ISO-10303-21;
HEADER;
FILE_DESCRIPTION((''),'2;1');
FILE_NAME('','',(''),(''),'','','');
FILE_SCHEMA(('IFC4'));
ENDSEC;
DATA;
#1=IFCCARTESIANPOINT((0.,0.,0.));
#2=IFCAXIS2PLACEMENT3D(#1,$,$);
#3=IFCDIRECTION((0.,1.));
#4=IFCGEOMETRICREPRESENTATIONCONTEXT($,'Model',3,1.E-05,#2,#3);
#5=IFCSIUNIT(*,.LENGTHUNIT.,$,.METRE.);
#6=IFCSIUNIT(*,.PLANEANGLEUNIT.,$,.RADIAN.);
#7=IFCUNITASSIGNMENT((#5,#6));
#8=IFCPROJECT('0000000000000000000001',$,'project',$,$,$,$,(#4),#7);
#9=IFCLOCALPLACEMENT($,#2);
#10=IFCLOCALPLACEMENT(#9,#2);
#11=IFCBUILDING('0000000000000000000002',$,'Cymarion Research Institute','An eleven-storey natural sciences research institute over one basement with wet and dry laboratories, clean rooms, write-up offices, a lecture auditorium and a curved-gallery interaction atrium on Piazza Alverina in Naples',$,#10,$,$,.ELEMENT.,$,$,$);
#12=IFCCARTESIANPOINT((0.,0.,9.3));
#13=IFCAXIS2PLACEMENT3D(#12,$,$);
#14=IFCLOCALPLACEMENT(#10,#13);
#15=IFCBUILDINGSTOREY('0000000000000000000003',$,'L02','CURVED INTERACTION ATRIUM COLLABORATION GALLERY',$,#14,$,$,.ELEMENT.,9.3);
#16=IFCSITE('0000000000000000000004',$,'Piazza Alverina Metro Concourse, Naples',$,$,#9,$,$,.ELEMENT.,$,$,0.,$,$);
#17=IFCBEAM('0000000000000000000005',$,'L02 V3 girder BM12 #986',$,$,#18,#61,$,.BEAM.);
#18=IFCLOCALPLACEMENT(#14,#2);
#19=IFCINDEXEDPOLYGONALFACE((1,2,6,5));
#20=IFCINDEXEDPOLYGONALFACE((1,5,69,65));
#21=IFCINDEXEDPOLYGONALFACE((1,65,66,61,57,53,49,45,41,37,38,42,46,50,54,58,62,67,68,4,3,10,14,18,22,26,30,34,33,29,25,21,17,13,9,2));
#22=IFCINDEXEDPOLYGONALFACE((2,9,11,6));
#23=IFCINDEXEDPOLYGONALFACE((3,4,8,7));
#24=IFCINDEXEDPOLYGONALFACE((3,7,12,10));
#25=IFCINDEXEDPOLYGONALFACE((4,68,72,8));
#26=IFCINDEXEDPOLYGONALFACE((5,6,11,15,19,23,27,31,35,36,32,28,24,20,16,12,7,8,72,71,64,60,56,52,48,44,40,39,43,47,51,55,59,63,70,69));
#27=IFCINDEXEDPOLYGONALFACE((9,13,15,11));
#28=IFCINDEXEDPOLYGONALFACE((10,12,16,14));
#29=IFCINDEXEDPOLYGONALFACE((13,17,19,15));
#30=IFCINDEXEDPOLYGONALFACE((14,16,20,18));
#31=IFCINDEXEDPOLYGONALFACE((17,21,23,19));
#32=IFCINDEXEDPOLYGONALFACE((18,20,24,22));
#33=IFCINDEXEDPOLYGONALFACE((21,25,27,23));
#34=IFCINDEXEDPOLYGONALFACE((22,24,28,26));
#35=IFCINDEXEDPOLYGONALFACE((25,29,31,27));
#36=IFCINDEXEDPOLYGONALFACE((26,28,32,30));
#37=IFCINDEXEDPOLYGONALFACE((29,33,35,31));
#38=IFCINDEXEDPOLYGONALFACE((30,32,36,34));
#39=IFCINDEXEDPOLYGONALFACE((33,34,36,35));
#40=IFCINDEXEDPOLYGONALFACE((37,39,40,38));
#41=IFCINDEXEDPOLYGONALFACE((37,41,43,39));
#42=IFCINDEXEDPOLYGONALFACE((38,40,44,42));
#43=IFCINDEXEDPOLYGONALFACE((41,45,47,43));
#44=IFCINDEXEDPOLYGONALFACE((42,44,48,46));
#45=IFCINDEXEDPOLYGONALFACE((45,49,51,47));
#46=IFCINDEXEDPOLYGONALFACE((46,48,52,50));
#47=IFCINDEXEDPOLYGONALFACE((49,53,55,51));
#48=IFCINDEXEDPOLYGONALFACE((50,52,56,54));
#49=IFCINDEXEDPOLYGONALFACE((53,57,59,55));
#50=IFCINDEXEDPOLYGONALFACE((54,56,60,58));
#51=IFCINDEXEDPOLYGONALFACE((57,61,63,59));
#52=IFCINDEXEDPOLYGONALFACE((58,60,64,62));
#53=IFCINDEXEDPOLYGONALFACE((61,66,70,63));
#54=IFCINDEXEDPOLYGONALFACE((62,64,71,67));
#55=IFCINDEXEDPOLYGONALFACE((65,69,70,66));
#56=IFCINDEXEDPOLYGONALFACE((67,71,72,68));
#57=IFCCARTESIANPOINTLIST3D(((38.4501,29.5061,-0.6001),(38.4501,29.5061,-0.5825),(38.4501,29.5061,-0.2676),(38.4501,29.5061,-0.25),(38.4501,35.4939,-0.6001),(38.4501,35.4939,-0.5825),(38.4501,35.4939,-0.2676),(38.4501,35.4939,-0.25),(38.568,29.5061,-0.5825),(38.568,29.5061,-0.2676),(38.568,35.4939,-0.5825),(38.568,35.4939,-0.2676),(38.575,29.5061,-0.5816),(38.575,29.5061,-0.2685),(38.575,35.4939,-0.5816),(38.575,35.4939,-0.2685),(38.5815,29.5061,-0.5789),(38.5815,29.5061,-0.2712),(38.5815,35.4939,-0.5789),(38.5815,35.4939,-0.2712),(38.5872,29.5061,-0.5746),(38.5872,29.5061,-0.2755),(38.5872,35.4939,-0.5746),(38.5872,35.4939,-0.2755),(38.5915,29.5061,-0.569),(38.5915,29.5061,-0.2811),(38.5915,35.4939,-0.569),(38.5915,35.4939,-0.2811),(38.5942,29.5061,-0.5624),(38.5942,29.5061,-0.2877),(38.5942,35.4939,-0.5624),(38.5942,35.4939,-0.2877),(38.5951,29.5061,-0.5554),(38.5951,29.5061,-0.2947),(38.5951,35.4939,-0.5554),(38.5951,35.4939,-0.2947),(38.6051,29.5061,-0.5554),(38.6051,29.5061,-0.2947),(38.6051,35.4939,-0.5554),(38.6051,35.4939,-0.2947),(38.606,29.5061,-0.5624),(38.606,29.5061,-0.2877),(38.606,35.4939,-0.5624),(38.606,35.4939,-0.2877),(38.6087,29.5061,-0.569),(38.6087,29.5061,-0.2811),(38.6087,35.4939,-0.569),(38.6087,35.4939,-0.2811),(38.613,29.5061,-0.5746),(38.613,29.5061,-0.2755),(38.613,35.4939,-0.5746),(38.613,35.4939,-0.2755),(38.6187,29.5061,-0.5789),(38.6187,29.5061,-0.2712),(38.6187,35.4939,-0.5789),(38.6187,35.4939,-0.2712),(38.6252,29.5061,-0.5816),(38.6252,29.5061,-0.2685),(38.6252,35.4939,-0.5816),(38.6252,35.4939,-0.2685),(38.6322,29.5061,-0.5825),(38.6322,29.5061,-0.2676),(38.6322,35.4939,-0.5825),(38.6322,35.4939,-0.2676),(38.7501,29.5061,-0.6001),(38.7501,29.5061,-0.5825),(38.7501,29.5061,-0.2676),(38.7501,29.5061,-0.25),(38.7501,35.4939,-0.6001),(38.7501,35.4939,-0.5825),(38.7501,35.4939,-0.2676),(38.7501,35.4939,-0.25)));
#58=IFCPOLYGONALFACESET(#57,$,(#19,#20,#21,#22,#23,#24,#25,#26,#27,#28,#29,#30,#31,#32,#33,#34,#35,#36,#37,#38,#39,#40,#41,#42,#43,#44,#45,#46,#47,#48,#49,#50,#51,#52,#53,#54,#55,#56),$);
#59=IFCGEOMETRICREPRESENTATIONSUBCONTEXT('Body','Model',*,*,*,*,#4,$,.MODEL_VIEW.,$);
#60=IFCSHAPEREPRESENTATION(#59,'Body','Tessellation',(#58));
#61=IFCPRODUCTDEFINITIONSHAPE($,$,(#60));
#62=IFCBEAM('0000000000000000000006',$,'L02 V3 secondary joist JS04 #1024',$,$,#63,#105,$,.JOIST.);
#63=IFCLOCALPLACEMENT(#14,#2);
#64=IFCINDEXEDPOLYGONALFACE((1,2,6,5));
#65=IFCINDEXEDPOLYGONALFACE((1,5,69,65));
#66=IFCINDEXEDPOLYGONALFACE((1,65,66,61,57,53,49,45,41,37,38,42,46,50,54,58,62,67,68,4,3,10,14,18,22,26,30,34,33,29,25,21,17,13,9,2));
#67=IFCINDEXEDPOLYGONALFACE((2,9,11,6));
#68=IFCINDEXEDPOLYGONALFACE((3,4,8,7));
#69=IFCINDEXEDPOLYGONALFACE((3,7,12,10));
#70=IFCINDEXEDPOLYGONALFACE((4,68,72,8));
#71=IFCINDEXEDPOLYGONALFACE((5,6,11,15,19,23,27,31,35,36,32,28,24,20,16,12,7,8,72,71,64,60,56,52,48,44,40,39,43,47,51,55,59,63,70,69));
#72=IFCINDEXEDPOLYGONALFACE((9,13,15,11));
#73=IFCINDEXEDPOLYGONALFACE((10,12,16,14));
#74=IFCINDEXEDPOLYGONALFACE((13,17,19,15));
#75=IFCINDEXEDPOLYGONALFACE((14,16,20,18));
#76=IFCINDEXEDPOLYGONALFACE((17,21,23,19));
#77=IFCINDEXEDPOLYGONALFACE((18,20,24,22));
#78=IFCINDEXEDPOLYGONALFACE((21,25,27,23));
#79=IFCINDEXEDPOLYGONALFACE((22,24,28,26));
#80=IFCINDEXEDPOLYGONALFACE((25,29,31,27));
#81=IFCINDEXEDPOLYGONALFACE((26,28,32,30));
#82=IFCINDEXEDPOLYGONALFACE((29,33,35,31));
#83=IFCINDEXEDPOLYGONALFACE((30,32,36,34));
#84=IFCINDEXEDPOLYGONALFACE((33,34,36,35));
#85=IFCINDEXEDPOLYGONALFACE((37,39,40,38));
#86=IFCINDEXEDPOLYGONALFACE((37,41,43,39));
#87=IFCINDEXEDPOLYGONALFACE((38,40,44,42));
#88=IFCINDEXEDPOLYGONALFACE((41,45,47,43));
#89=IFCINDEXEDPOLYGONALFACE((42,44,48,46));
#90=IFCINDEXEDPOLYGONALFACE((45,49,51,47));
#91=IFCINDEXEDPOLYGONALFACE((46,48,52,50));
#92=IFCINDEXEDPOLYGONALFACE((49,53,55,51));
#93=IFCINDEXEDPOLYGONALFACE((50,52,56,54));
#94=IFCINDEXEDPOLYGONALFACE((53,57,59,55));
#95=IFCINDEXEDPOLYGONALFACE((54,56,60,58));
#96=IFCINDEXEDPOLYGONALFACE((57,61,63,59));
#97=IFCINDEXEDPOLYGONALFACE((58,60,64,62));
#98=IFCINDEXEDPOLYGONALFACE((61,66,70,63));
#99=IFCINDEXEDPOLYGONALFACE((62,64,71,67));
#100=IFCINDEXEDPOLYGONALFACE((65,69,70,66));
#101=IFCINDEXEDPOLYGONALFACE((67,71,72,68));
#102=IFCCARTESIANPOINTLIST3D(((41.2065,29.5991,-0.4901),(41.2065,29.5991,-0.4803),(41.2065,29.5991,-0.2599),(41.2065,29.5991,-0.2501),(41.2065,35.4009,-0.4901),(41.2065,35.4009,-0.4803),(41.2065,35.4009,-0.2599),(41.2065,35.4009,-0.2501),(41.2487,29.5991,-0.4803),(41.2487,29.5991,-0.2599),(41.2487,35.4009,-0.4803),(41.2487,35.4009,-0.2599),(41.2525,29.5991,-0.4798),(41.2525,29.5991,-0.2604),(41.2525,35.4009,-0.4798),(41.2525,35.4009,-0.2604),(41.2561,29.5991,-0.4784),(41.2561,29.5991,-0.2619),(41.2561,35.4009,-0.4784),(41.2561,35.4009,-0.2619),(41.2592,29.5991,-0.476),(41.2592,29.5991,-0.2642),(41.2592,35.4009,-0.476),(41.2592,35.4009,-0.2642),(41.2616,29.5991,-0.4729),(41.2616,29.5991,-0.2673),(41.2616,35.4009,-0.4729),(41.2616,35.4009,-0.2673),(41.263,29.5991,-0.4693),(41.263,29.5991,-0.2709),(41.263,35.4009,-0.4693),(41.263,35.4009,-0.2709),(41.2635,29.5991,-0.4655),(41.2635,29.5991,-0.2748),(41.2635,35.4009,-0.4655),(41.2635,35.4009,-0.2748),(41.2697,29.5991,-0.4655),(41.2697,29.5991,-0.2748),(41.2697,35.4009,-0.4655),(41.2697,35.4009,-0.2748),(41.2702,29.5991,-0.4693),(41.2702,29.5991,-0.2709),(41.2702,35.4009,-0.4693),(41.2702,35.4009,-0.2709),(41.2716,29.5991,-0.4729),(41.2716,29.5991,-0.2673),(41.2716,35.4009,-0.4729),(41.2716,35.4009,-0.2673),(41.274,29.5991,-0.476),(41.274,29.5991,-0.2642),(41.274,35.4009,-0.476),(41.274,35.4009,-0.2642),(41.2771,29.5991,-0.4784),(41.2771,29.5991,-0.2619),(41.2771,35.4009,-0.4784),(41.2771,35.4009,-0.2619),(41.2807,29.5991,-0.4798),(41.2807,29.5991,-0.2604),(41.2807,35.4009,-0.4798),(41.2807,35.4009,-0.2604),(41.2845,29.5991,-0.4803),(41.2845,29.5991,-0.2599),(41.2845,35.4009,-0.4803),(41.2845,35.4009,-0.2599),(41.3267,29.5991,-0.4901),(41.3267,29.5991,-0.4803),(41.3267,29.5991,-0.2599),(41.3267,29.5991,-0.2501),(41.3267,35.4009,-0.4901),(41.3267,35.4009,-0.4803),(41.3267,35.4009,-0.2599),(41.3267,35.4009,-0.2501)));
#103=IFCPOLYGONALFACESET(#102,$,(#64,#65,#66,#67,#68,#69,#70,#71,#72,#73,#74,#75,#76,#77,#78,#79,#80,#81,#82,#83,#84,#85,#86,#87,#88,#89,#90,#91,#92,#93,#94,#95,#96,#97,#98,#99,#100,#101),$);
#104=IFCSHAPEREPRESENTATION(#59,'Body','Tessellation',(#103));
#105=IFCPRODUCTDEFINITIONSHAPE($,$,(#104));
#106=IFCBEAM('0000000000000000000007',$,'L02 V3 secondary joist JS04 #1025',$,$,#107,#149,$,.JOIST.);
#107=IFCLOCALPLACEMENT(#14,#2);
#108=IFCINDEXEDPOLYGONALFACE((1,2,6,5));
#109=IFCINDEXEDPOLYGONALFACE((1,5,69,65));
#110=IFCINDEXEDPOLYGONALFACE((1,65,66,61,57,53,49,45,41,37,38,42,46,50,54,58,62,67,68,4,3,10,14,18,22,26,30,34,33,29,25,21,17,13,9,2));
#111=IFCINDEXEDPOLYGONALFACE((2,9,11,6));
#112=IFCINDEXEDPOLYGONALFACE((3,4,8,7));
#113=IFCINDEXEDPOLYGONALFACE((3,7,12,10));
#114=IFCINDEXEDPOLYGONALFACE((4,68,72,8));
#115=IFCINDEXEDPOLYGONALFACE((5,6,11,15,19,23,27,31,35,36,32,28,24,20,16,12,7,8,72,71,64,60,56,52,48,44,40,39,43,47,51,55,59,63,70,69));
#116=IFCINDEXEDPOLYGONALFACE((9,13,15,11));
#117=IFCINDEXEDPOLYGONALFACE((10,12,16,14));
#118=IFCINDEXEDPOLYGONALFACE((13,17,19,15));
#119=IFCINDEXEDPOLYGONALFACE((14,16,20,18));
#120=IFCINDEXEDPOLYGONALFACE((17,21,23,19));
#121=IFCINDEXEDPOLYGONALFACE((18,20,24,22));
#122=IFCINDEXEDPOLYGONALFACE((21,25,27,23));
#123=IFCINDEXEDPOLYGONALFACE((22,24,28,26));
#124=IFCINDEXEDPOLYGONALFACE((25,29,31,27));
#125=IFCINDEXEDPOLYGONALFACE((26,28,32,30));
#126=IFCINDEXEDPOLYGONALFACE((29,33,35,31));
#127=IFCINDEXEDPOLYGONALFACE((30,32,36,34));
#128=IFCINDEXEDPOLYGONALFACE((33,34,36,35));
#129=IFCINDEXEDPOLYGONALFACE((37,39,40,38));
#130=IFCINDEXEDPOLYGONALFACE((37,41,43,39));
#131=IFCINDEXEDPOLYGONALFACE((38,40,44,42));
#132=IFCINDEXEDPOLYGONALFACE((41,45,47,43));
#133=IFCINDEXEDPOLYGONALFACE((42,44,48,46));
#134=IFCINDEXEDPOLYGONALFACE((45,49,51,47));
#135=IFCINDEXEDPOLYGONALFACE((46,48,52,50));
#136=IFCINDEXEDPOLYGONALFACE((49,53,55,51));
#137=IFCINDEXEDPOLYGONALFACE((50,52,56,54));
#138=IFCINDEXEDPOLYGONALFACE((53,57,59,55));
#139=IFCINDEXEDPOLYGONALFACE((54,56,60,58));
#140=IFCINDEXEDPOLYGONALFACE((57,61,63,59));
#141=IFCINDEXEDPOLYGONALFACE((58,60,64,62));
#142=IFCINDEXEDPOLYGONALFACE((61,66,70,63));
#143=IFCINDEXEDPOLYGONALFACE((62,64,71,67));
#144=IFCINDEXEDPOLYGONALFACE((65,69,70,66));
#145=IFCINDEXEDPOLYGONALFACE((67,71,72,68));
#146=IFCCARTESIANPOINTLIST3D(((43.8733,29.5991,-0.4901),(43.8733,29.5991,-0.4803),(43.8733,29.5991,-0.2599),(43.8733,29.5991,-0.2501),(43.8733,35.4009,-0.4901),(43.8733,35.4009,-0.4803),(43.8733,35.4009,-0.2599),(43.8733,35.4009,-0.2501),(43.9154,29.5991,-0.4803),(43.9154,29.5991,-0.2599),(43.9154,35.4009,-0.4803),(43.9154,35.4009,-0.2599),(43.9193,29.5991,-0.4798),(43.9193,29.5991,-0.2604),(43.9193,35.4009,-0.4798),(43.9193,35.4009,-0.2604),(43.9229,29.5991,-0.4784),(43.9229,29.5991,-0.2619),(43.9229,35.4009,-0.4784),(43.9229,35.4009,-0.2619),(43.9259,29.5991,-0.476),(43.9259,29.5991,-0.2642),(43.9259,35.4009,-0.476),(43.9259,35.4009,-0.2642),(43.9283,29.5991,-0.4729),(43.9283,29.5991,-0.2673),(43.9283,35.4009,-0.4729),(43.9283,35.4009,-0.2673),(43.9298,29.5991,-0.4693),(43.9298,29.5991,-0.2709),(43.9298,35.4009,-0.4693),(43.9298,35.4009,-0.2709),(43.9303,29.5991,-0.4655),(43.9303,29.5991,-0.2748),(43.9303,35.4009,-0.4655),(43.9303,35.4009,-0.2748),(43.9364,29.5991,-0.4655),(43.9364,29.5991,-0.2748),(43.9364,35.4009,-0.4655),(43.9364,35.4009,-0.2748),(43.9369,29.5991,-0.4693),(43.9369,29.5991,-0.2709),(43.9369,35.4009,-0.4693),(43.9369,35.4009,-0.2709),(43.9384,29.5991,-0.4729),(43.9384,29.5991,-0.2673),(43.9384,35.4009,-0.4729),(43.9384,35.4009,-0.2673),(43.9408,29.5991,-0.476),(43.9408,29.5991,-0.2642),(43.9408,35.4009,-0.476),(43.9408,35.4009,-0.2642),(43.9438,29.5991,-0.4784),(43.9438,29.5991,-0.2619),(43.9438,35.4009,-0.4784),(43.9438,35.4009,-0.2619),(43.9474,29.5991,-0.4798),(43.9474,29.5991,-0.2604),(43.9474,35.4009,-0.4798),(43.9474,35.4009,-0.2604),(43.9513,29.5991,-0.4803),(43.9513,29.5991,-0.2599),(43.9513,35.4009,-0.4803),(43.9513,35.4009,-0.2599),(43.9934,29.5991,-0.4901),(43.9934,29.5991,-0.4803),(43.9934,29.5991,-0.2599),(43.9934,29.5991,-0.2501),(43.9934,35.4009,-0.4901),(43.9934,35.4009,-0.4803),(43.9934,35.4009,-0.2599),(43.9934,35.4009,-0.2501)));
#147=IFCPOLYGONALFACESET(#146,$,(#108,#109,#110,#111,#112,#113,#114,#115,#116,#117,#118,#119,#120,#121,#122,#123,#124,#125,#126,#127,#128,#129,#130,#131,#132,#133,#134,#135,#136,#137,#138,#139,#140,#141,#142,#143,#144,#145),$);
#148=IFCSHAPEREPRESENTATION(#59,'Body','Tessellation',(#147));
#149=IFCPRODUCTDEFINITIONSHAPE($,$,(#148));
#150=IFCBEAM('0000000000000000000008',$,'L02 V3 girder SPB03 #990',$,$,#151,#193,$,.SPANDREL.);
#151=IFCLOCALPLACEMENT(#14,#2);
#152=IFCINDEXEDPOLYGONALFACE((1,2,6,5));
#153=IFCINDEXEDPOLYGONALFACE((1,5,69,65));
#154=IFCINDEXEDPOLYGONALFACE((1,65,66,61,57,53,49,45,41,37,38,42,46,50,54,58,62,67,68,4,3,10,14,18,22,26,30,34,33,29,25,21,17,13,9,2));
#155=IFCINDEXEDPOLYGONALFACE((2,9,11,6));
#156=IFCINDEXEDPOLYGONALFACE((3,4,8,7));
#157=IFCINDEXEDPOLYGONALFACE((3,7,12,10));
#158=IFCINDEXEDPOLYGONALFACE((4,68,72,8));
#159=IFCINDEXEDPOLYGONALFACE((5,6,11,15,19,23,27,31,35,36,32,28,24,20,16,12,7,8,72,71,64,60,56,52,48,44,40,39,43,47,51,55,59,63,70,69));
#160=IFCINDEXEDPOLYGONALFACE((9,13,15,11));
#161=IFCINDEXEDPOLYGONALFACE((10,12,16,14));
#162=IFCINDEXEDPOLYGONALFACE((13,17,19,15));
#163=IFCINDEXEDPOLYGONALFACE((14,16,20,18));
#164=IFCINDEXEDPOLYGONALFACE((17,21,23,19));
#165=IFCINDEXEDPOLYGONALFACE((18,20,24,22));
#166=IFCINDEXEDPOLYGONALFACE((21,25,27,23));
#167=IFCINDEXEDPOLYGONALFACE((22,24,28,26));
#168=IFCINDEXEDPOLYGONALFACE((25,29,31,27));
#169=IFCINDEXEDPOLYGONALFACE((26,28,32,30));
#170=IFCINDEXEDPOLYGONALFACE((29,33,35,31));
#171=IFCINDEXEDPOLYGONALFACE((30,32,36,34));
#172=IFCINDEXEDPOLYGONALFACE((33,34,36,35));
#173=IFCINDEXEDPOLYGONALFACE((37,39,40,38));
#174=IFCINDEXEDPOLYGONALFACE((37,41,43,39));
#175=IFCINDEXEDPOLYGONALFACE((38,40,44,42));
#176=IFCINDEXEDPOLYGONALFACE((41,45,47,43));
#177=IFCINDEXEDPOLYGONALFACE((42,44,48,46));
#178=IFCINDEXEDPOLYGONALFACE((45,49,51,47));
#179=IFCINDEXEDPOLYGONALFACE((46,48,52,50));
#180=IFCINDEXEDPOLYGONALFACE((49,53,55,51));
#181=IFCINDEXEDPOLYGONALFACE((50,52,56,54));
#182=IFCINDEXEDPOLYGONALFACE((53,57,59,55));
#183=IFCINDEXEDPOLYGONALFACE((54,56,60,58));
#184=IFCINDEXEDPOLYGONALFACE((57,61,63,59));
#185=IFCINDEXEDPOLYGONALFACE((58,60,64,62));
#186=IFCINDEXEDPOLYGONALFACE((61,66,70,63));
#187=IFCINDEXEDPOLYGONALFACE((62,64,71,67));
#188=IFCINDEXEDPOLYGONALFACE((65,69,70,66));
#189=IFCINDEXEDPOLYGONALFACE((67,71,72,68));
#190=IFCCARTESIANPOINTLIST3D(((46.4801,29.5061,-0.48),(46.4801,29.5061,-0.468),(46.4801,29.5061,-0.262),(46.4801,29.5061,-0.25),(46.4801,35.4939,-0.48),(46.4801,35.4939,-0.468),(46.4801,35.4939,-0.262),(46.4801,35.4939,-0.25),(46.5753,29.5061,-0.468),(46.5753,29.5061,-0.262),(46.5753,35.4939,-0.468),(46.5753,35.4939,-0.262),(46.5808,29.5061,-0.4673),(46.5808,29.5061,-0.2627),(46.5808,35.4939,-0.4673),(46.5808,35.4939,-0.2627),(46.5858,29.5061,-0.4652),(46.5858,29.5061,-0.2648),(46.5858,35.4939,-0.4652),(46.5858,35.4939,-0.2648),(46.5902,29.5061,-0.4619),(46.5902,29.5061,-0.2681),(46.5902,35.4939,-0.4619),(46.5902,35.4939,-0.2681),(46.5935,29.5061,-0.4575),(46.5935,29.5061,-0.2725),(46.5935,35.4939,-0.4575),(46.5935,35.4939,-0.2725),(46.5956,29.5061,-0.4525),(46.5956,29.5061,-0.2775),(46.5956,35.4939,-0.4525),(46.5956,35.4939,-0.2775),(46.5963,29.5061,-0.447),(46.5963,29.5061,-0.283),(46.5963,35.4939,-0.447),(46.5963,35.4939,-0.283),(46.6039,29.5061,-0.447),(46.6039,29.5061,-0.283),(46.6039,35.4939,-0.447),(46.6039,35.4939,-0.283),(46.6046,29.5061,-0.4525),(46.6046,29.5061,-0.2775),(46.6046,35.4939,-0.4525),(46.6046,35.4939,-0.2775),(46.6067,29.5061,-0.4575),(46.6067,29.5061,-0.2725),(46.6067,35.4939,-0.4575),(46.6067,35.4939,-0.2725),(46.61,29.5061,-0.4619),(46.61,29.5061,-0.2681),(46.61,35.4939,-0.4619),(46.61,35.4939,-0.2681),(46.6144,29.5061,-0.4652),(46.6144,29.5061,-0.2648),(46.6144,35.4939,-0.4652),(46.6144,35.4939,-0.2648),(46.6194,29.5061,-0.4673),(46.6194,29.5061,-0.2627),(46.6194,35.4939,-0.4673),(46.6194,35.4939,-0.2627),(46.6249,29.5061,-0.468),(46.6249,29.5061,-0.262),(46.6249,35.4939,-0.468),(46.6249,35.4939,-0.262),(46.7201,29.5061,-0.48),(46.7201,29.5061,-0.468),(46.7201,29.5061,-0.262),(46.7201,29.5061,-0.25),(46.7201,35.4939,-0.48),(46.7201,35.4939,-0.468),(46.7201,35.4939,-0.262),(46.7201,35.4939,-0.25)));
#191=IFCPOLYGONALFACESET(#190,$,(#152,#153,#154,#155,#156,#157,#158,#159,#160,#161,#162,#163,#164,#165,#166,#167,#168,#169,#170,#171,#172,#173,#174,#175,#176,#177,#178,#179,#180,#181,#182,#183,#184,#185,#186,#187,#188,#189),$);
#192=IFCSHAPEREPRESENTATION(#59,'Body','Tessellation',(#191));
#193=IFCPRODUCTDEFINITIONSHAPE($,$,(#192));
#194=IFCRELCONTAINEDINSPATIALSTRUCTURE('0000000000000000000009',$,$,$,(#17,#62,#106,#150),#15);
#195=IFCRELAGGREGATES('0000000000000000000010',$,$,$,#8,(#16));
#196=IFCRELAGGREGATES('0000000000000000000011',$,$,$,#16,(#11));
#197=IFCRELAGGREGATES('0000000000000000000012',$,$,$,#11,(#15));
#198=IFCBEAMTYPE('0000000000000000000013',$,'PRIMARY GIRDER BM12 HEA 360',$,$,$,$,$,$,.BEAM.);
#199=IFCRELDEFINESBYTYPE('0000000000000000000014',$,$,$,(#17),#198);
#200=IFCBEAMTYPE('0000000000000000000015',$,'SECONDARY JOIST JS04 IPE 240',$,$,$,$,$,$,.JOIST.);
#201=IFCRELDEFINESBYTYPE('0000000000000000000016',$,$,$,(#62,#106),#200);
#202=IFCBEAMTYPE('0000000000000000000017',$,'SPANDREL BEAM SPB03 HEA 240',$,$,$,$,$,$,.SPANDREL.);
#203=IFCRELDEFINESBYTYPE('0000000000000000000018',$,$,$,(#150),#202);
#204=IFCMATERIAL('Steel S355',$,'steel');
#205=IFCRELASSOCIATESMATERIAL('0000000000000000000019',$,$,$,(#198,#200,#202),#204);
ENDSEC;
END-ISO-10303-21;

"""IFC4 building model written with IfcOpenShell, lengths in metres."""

from ifc_helpers import new_model, si_unit, direction, frame, origin, origin_2d, place, context, subcontext, project, spatial, i_section, extrude, material, material_profile, profile_set, type_object, element, save


model = new_model("IFC4")

# Units and contexts
model_context = context("Model", 3, precision=1e-05, world=origin(), true_north=direction((0.0, 1.0)))
body_context = subcontext(model_context, "Body", "Model", "MODEL_VIEW")
ifc_project = project(units=[si_unit("LENGTHUNIT", "METRE"), si_unit("PLANEANGLEUNIT", "RADIAN")], contexts=[model_context])

# Site, building, storey
site_placement = place(None, origin())
site = spatial("IfcSite", under=ifc_project, at=site_placement, Name="Piazza Alverina Metro Concourse, Naples", CompositionType="ELEMENT", RefElevation=0.0)
building_placement = place(site_placement, origin())
building = spatial("IfcBuilding", under=site, at=building_placement, Name="Cymarion Research Institute", Description="An eleven-storey natural sciences research institute over one basement with wet and dry laboratories, clean rooms, write-up offices, a lecture auditorium and a curved-gallery interaction atrium on Piazza Alverina in Naples", CompositionType="ELEMENT")
storey_placement = place(building_placement, frame((0.0, 0.0, 9.3)))
storey = spatial("IfcBuildingStorey", under=building, at=storey_placement, Name="L02", Description="CURVED INTERACTION ATRIUM COLLABORATION GALLERY", CompositionType="ELEMENT", Elevation=9.3)

# Shared definitions
ifc_material_1 = material(Name="Steel S355", Category="steel")

# Beams
ifc_material_profile_1 = material_profile(ifc_material_1, i_section(OverallWidth=0.3, OverallDepth=0.3501, WebThickness=0.01, FlangeThickness=0.0176, FilletRadius=0.0271, at=origin_2d()), Name="HEA 360")
ifc_profile_set_1 = profile_set([ifc_material_profile_1], Name="Steel S355")
beam_type_1 = type_object("IfcBeamType", Name="PRIMARY GIRDER BM12 HEA 360", PredefinedType="BEAM", material=ifc_profile_set_1)
beam_1_placement = place(storey_placement, frame((38.6001, 29.5061, -0.425), z_axis=(0.0, 1.0, 0.0), x_axis=(-1.0, 0.0, 0.0)))
element("IfcBeam", 1, at=beam_1_placement, inside=storey, type_object=beam_type_1, Name="L02 V3 girder BM12 #986", PredefinedType="BEAM", context=body_context, shape_type="SweptSolid", body=[
    extrude(i_section(OverallWidth=0.3, OverallDepth=0.3501, WebThickness=0.01, FlangeThickness=0.0176, FilletRadius=0.0271, at=origin_2d()), origin(), (0.0, 0.0, 1.0), 5.9878),
])
ifc_material_profile_2 = material_profile(ifc_material_1, i_section(OverallWidth=0.1201, OverallDepth=0.24, WebThickness=0.0061, FlangeThickness=0.0098, FilletRadius=0.0149, at=origin_2d()), Name="IPE 240")
ifc_profile_set_2 = profile_set([ifc_material_profile_2], Name="Steel S355")
beam_type_2 = type_object("IfcBeamType", Name="SECONDARY JOIST JS04 IPE 240", PredefinedType="JOIST", material=ifc_profile_set_2)
for number, where, z_axis, x_axis, name in (
    (2, (41.2666, 29.5991, -0.3701), (0.0, 1.0, 0.0), (-1.0, 0.0, 0.0), "L02 V3 secondary joist JS04 #1024"),
    (3, (43.9333, 29.5991, -0.3701), (0.0, 1.0, 0.0), (-1.0, 0.0, 0.0), "L02 V3 secondary joist JS04 #1025"),
):
    element("IfcBeam", number, at=place(storey_placement, frame(where, z_axis=z_axis, x_axis=x_axis)), inside=storey, type_object=beam_type_2, Name=name, PredefinedType="JOIST", context=body_context, shape_type="SweptSolid", body=[
        extrude(i_section(OverallWidth=0.1201, OverallDepth=0.24, WebThickness=0.0061, FlangeThickness=0.0098, FilletRadius=0.0149, at=origin_2d()), origin(), (0.0, 0.0, 1.0), 5.8018),
    ])
ifc_material_profile_3 = material_profile(ifc_material_1, i_section(OverallWidth=0.24, OverallDepth=0.23, WebThickness=0.0076, FlangeThickness=0.012, FilletRadius=0.021, at=origin_2d()), Name="HEA 240")
ifc_profile_set_3 = profile_set([ifc_material_profile_3], Name="Steel S355")
beam_type_3 = type_object("IfcBeamType", Name="SPANDREL BEAM SPB03 HEA 240", PredefinedType="SPANDREL", material=ifc_profile_set_3)
beam_2_placement = place(storey_placement, frame((46.6001, 29.5061, -0.365), z_axis=(0.0, 1.0, 0.0), x_axis=(-1.0, 0.0, 0.0)))
element("IfcBeam", 4, at=beam_2_placement, inside=storey, type_object=beam_type_3, Name="L02 V3 girder SPB03 #990", PredefinedType="SPANDREL", context=body_context, shape_type="SweptSolid", body=[
    extrude(i_section(OverallWidth=0.24, OverallDepth=0.23, WebThickness=0.0076, FlangeThickness=0.012, FilletRadius=0.021, at=origin_2d()), origin(), (0.0, 0.0, 1.0), 5.9878),
])

save(model, "model.ifc")
